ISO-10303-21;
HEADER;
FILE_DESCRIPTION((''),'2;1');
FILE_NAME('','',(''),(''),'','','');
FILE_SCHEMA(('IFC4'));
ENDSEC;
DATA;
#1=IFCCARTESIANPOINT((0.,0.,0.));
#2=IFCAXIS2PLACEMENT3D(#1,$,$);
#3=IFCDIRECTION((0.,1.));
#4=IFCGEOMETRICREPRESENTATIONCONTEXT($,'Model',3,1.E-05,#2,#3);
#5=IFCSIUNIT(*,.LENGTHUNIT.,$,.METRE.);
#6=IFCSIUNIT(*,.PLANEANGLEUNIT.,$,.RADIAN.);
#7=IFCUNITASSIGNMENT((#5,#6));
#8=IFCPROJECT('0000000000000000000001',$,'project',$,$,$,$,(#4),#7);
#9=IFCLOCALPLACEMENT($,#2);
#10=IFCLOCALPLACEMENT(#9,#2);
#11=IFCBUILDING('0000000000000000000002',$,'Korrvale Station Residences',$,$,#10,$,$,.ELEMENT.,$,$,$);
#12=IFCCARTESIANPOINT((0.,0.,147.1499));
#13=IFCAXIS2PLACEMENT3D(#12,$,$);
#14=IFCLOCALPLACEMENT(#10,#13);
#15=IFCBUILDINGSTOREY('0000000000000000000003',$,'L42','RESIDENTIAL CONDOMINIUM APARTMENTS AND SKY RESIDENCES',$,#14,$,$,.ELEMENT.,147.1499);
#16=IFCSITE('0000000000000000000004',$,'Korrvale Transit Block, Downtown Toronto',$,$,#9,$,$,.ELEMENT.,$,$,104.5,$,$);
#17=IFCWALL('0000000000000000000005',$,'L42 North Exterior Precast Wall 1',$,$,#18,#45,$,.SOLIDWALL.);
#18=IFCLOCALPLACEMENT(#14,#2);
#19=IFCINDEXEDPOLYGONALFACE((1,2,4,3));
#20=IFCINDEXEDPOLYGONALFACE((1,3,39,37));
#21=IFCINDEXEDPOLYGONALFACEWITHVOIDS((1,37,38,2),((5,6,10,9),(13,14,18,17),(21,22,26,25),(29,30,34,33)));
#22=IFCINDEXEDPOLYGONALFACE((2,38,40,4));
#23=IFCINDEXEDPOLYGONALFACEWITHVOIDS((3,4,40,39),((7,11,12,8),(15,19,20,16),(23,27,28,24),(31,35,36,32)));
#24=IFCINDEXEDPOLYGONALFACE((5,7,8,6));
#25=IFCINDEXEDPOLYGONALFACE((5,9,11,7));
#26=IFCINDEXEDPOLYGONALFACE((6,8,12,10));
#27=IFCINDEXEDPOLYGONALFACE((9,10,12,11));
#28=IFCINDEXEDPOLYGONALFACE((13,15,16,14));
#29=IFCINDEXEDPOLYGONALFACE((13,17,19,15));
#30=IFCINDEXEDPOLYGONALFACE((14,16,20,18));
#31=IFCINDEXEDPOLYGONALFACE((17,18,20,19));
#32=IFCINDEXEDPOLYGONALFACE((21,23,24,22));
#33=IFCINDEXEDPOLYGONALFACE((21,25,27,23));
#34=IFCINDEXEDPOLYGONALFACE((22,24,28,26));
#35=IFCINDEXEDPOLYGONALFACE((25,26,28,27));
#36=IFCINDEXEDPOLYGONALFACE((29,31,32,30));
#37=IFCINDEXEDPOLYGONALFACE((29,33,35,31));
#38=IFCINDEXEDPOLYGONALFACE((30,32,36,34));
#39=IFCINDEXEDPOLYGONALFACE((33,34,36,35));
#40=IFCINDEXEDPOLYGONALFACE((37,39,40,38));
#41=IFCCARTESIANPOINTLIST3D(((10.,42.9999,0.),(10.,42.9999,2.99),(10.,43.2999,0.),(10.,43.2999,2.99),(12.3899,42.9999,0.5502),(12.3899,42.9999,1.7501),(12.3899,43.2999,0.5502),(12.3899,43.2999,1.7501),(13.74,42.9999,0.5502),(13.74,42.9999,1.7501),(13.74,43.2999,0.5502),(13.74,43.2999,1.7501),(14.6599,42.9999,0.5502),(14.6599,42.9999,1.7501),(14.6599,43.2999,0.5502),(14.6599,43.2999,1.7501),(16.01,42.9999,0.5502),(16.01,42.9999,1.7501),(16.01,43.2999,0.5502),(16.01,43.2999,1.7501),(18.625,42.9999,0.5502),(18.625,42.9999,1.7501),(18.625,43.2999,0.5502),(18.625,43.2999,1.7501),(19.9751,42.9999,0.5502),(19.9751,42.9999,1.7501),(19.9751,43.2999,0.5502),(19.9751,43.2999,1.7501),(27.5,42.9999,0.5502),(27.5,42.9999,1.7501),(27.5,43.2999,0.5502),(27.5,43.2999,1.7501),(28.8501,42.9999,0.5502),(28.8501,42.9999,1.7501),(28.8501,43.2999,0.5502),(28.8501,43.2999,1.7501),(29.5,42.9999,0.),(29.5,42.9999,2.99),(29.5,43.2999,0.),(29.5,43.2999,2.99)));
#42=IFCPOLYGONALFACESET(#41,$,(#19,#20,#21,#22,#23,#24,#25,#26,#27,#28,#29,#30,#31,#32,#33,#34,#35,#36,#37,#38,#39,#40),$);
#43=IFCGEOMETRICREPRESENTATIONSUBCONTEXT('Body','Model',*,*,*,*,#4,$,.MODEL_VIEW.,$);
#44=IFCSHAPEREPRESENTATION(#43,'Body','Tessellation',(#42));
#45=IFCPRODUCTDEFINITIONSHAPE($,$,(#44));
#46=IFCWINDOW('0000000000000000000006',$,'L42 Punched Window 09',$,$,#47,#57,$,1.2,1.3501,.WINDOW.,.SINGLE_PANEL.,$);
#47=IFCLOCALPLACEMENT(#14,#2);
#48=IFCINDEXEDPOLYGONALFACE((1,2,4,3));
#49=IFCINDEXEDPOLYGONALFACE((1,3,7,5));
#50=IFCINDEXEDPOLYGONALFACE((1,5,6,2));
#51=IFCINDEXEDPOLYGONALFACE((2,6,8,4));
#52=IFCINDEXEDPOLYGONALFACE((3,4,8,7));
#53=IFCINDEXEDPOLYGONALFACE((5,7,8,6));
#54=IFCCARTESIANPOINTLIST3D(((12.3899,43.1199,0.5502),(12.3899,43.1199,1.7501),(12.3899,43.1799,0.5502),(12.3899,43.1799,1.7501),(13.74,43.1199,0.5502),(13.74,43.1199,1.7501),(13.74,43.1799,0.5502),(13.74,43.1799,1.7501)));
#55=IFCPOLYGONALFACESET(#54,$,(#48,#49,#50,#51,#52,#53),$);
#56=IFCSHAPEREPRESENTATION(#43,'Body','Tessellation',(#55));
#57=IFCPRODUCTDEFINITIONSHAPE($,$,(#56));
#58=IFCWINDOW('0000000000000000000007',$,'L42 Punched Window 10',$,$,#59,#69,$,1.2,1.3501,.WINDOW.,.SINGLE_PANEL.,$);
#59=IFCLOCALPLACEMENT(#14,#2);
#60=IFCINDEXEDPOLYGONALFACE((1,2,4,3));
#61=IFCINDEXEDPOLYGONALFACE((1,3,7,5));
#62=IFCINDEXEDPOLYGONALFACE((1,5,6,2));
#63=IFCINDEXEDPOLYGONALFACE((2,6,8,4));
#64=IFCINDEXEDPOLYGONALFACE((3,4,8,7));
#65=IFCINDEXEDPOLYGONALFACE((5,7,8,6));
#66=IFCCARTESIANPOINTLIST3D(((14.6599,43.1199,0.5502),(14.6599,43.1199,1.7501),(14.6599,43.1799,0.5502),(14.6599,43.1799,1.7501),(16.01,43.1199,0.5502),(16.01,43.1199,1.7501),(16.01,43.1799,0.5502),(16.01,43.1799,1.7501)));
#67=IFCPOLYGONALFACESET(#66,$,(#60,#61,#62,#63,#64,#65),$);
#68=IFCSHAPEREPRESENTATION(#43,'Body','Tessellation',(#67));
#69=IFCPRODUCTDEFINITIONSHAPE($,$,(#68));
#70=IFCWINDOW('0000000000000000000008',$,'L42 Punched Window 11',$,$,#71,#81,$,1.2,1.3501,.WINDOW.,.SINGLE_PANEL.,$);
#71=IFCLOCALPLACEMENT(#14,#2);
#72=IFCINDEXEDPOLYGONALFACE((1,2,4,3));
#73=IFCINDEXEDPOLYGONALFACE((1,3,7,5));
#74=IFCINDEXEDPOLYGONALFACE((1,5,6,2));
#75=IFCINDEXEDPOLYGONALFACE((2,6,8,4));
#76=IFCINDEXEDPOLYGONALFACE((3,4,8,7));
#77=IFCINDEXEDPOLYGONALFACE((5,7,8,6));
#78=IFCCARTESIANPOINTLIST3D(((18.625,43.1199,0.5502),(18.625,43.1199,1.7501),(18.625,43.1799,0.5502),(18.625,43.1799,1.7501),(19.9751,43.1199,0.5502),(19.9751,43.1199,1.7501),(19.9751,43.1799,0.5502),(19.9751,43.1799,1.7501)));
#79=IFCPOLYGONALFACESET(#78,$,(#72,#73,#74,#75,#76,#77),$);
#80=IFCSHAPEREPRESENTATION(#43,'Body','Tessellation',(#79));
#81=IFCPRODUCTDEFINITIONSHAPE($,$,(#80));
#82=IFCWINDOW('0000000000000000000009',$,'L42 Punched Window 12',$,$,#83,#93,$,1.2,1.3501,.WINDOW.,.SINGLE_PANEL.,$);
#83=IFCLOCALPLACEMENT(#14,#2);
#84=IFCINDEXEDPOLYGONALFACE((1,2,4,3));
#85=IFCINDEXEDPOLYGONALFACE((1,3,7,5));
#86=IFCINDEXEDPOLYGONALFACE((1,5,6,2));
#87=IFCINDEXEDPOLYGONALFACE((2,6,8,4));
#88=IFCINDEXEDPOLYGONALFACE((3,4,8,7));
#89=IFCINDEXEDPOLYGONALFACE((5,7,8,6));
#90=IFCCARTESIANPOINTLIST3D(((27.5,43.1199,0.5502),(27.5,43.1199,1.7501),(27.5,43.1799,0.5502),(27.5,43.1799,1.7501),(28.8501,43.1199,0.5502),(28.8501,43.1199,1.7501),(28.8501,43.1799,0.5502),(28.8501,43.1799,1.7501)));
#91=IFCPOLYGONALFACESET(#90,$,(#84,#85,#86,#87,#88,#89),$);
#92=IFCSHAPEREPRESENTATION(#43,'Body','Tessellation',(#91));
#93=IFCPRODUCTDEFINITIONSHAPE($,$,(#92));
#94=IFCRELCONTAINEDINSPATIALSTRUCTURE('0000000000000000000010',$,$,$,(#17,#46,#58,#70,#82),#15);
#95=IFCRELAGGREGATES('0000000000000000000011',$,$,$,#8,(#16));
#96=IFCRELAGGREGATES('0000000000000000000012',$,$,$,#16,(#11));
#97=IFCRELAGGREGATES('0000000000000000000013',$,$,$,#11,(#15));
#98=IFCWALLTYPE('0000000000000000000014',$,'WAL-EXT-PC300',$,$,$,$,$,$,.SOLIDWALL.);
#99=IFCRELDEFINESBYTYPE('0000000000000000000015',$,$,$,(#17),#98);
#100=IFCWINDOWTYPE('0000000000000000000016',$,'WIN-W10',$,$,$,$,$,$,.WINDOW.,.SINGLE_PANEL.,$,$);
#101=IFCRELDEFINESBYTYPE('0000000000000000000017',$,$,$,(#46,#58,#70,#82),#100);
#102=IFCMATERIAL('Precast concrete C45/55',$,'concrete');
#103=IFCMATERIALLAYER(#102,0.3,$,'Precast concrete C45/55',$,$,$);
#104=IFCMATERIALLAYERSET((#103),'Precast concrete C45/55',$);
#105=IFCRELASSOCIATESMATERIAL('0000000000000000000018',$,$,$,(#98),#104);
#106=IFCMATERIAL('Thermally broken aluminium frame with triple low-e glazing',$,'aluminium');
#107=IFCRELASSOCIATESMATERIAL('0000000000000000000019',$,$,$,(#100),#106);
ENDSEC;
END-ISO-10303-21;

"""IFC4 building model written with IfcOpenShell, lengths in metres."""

from ifc_helpers import new_model, si_unit, direction, frame, frame_2d, origin, place, context, subcontext, project, spatial, rectangle, extrude, material, layer, layer_set, type_object, element, fill, save


model = new_model("IFC4")

# Units and contexts
model_context = context("Model", 3, precision=1e-05, world=origin(), true_north=direction((0.0, 1.0)))
body_context = subcontext(model_context, "Body", "Model", "MODEL_VIEW")
ifc_project = project(units=[si_unit("LENGTHUNIT", "METRE"), si_unit("PLANEANGLEUNIT", "RADIAN")], contexts=[model_context])

# Site, building, storey
site_placement = place(None, origin())
site = spatial("IfcSite", under=ifc_project, at=site_placement, Name="Korrvale Transit Block, Downtown Toronto", CompositionType="ELEMENT", RefElevation=104.5)
building_placement = place(site_placement, origin())
building = spatial("IfcBuilding", under=site, at=building_placement, Name="Korrvale Station Residences", CompositionType="ELEMENT")
storey_placement = place(building_placement, frame((0.0, 0.0, 147.1499)))
storey = spatial("IfcBuildingStorey", under=building, at=storey_placement, Name="L42", Description="RESIDENTIAL CONDOMINIUM APARTMENTS AND SKY RESIDENCES", CompositionType="ELEMENT", Elevation=147.1499)

# Shared definitions
ifc_material_1 = material(Name="Precast concrete C45/55", Category="concrete")

# Wall, openings, windows
ifc_layer_1 = layer(ifc_material_1, 0.3, Name="Precast concrete C45/55")
ifc_layer_set_1 = layer_set([ifc_layer_1], Name="Precast concrete C45/55")
wall_type_1 = type_object("IfcWallType", Name="WAL-EXT-PC300", PredefinedType="SOLIDWALL", material=ifc_layer_set_1)
wall_1_placement = place(storey_placement, frame((10.0, 43.1499, 0.0), z_axis=(0.0, 0.0, 1.0), x_axis=(1.0, 0.0, 0.0)))
wall_1 = element("IfcWall", 1, at=wall_1_placement, inside=storey, type_object=wall_type_1, Name="L42 North Exterior Precast Wall 1", PredefinedType="SOLIDWALL", context=body_context, shape_type="SweptSolid", body=[
    extrude(rectangle(XDim=19.5, YDim=0.3, at=frame_2d((9.75, 0.0))), origin(), (0.0, 0.0, 1.0), 2.99),
])
opening_1_placement = place(wall_1_placement, frame((2.3899, 0.0, 0.55)))
opening_1 = element("IfcOpeningElement", 2, at=opening_1_placement, cuts=wall_1, PredefinedType="OPENING", context=body_context, shape_type="SweptSolid", body=[
    extrude(rectangle(XDim=1.3501, YDim=1.2, at=frame_2d((0.675, 0.6001))), frame((0.0, 0.1602, 0.0), z_axis=(0.0, -1.0, 0.0), x_axis=(1.0, 0.0, 0.0)), (0.0, 0.0, 1.0), 0.3201),
])
opening_2_placement = place(wall_1_placement, frame((4.6599, 0.0, 0.55)))
opening_2 = element("IfcOpeningElement", 3, at=opening_2_placement, cuts=wall_1, PredefinedType="OPENING", context=body_context, shape_type="SweptSolid", body=[
    extrude(rectangle(XDim=1.3501, YDim=1.2, at=frame_2d((0.675, 0.6001))), frame((0.0, 0.1602, 0.0), z_axis=(0.0, -1.0, 0.0), x_axis=(1.0, 0.0, 0.0)), (0.0, 0.0, 1.0), 0.3201),
])
opening_3_placement = place(wall_1_placement, frame((8.625, 0.0, 0.55)))
opening_3 = element("IfcOpeningElement", 4, at=opening_3_placement, cuts=wall_1, PredefinedType="OPENING", context=body_context, shape_type="SweptSolid", body=[
    extrude(rectangle(XDim=1.3501, YDim=1.2, at=frame_2d((0.675, 0.6001))), frame((0.0, 0.1602, 0.0), z_axis=(0.0, -1.0, 0.0), x_axis=(1.0, 0.0, 0.0)), (0.0, 0.0, 1.0), 0.3201),
])
opening_4_placement = place(wall_1_placement, frame((17.5, 0.0, 0.55)))
opening_4 = element("IfcOpeningElement", 5, at=opening_4_placement, cuts=wall_1, PredefinedType="OPENING", context=body_context, shape_type="SweptSolid", body=[
    extrude(rectangle(XDim=1.3501, YDim=1.2, at=frame_2d((0.675, 0.6001))), frame((0.0, 0.1602, 0.0), z_axis=(0.0, -1.0, 0.0), x_axis=(1.0, 0.0, 0.0)), (0.0, 0.0, 1.0), 0.3201),
])
ifc_material_2 = material(Name="Thermally broken aluminium frame with triple low-e glazing", Category="aluminium")
window_type = type_object("IfcWindowType", Name="WIN-W10", PartitioningType="SINGLE_PANEL", PredefinedType="WINDOW", material=ifc_material_2)
window_1_placement = place(opening_1_placement, origin())
window_1 = element("IfcWindow", 6, at=window_1_placement, inside=storey, type_object=window_type, Name="L42 Punched Window 09", OverallHeight=1.2, OverallWidth=1.3501, PartitioningType="SINGLE_PANEL", PredefinedType="WINDOW", context=body_context, shape_type="SweptSolid", body=[
    extrude(rectangle(XDim=1.3501, YDim=1.2, at=frame_2d((0.675, 0.6001))), frame((0.0, 0.03, 0.0), z_axis=(0.0, -1.0, 0.0), x_axis=(1.0, 0.0, 0.0)), (0.0, 0.0, 1.0), 0.0601),
])
fill(opening_1, window_1)
window_2_placement = place(opening_2_placement, origin())
window_2 = element("IfcWindow", 7, at=window_2_placement, inside=storey, type_object=window_type, Name="L42 Punched Window 10", OverallHeight=1.2, OverallWidth=1.3501, PartitioningType="SINGLE_PANEL", PredefinedType="WINDOW", context=body_context, shape_type="SweptSolid", body=[
    extrude(rectangle(XDim=1.3501, YDim=1.2, at=frame_2d((0.675, 0.6001))), frame((0.0, 0.03, 0.0), z_axis=(0.0, -1.0, 0.0), x_axis=(1.0, 0.0, 0.0)), (0.0, 0.0, 1.0), 0.0601),
])
fill(opening_2, window_2)
window_3_placement = place(opening_3_placement, origin())
window_3 = element("IfcWindow", 8, at=window_3_placement, inside=storey, type_object=window_type, Name="L42 Punched Window 11", OverallHeight=1.2, OverallWidth=1.3501, PartitioningType="SINGLE_PANEL", PredefinedType="WINDOW", context=body_context, shape_type="SweptSolid", body=[
    extrude(rectangle(XDim=1.3501, YDim=1.2, at=frame_2d((0.675, 0.6001))), frame((0.0, 0.03, 0.0), z_axis=(0.0, -1.0, 0.0), x_axis=(1.0, 0.0, 0.0)), (0.0, 0.0, 1.0), 0.0601),
])
fill(opening_3, window_3)
window_4_placement = place(opening_4_placement, origin())
window_4 = element("IfcWindow", 9, at=window_4_placement, inside=storey, type_object=window_type, Name="L42 Punched Window 12", OverallHeight=1.2, OverallWidth=1.3501, PartitioningType="SINGLE_PANEL", PredefinedType="WINDOW", context=body_context, shape_type="SweptSolid", body=[
    extrude(rectangle(XDim=1.3501, YDim=1.2, at=frame_2d((0.675, 0.6001))), frame((0.0, 0.03, 0.0), z_axis=(0.0, -1.0, 0.0), x_axis=(1.0, 0.0, 0.0)), (0.0, 0.0, 1.0), 0.0601),
])
fill(opening_4, window_4)

save(model, "model.ifc")
